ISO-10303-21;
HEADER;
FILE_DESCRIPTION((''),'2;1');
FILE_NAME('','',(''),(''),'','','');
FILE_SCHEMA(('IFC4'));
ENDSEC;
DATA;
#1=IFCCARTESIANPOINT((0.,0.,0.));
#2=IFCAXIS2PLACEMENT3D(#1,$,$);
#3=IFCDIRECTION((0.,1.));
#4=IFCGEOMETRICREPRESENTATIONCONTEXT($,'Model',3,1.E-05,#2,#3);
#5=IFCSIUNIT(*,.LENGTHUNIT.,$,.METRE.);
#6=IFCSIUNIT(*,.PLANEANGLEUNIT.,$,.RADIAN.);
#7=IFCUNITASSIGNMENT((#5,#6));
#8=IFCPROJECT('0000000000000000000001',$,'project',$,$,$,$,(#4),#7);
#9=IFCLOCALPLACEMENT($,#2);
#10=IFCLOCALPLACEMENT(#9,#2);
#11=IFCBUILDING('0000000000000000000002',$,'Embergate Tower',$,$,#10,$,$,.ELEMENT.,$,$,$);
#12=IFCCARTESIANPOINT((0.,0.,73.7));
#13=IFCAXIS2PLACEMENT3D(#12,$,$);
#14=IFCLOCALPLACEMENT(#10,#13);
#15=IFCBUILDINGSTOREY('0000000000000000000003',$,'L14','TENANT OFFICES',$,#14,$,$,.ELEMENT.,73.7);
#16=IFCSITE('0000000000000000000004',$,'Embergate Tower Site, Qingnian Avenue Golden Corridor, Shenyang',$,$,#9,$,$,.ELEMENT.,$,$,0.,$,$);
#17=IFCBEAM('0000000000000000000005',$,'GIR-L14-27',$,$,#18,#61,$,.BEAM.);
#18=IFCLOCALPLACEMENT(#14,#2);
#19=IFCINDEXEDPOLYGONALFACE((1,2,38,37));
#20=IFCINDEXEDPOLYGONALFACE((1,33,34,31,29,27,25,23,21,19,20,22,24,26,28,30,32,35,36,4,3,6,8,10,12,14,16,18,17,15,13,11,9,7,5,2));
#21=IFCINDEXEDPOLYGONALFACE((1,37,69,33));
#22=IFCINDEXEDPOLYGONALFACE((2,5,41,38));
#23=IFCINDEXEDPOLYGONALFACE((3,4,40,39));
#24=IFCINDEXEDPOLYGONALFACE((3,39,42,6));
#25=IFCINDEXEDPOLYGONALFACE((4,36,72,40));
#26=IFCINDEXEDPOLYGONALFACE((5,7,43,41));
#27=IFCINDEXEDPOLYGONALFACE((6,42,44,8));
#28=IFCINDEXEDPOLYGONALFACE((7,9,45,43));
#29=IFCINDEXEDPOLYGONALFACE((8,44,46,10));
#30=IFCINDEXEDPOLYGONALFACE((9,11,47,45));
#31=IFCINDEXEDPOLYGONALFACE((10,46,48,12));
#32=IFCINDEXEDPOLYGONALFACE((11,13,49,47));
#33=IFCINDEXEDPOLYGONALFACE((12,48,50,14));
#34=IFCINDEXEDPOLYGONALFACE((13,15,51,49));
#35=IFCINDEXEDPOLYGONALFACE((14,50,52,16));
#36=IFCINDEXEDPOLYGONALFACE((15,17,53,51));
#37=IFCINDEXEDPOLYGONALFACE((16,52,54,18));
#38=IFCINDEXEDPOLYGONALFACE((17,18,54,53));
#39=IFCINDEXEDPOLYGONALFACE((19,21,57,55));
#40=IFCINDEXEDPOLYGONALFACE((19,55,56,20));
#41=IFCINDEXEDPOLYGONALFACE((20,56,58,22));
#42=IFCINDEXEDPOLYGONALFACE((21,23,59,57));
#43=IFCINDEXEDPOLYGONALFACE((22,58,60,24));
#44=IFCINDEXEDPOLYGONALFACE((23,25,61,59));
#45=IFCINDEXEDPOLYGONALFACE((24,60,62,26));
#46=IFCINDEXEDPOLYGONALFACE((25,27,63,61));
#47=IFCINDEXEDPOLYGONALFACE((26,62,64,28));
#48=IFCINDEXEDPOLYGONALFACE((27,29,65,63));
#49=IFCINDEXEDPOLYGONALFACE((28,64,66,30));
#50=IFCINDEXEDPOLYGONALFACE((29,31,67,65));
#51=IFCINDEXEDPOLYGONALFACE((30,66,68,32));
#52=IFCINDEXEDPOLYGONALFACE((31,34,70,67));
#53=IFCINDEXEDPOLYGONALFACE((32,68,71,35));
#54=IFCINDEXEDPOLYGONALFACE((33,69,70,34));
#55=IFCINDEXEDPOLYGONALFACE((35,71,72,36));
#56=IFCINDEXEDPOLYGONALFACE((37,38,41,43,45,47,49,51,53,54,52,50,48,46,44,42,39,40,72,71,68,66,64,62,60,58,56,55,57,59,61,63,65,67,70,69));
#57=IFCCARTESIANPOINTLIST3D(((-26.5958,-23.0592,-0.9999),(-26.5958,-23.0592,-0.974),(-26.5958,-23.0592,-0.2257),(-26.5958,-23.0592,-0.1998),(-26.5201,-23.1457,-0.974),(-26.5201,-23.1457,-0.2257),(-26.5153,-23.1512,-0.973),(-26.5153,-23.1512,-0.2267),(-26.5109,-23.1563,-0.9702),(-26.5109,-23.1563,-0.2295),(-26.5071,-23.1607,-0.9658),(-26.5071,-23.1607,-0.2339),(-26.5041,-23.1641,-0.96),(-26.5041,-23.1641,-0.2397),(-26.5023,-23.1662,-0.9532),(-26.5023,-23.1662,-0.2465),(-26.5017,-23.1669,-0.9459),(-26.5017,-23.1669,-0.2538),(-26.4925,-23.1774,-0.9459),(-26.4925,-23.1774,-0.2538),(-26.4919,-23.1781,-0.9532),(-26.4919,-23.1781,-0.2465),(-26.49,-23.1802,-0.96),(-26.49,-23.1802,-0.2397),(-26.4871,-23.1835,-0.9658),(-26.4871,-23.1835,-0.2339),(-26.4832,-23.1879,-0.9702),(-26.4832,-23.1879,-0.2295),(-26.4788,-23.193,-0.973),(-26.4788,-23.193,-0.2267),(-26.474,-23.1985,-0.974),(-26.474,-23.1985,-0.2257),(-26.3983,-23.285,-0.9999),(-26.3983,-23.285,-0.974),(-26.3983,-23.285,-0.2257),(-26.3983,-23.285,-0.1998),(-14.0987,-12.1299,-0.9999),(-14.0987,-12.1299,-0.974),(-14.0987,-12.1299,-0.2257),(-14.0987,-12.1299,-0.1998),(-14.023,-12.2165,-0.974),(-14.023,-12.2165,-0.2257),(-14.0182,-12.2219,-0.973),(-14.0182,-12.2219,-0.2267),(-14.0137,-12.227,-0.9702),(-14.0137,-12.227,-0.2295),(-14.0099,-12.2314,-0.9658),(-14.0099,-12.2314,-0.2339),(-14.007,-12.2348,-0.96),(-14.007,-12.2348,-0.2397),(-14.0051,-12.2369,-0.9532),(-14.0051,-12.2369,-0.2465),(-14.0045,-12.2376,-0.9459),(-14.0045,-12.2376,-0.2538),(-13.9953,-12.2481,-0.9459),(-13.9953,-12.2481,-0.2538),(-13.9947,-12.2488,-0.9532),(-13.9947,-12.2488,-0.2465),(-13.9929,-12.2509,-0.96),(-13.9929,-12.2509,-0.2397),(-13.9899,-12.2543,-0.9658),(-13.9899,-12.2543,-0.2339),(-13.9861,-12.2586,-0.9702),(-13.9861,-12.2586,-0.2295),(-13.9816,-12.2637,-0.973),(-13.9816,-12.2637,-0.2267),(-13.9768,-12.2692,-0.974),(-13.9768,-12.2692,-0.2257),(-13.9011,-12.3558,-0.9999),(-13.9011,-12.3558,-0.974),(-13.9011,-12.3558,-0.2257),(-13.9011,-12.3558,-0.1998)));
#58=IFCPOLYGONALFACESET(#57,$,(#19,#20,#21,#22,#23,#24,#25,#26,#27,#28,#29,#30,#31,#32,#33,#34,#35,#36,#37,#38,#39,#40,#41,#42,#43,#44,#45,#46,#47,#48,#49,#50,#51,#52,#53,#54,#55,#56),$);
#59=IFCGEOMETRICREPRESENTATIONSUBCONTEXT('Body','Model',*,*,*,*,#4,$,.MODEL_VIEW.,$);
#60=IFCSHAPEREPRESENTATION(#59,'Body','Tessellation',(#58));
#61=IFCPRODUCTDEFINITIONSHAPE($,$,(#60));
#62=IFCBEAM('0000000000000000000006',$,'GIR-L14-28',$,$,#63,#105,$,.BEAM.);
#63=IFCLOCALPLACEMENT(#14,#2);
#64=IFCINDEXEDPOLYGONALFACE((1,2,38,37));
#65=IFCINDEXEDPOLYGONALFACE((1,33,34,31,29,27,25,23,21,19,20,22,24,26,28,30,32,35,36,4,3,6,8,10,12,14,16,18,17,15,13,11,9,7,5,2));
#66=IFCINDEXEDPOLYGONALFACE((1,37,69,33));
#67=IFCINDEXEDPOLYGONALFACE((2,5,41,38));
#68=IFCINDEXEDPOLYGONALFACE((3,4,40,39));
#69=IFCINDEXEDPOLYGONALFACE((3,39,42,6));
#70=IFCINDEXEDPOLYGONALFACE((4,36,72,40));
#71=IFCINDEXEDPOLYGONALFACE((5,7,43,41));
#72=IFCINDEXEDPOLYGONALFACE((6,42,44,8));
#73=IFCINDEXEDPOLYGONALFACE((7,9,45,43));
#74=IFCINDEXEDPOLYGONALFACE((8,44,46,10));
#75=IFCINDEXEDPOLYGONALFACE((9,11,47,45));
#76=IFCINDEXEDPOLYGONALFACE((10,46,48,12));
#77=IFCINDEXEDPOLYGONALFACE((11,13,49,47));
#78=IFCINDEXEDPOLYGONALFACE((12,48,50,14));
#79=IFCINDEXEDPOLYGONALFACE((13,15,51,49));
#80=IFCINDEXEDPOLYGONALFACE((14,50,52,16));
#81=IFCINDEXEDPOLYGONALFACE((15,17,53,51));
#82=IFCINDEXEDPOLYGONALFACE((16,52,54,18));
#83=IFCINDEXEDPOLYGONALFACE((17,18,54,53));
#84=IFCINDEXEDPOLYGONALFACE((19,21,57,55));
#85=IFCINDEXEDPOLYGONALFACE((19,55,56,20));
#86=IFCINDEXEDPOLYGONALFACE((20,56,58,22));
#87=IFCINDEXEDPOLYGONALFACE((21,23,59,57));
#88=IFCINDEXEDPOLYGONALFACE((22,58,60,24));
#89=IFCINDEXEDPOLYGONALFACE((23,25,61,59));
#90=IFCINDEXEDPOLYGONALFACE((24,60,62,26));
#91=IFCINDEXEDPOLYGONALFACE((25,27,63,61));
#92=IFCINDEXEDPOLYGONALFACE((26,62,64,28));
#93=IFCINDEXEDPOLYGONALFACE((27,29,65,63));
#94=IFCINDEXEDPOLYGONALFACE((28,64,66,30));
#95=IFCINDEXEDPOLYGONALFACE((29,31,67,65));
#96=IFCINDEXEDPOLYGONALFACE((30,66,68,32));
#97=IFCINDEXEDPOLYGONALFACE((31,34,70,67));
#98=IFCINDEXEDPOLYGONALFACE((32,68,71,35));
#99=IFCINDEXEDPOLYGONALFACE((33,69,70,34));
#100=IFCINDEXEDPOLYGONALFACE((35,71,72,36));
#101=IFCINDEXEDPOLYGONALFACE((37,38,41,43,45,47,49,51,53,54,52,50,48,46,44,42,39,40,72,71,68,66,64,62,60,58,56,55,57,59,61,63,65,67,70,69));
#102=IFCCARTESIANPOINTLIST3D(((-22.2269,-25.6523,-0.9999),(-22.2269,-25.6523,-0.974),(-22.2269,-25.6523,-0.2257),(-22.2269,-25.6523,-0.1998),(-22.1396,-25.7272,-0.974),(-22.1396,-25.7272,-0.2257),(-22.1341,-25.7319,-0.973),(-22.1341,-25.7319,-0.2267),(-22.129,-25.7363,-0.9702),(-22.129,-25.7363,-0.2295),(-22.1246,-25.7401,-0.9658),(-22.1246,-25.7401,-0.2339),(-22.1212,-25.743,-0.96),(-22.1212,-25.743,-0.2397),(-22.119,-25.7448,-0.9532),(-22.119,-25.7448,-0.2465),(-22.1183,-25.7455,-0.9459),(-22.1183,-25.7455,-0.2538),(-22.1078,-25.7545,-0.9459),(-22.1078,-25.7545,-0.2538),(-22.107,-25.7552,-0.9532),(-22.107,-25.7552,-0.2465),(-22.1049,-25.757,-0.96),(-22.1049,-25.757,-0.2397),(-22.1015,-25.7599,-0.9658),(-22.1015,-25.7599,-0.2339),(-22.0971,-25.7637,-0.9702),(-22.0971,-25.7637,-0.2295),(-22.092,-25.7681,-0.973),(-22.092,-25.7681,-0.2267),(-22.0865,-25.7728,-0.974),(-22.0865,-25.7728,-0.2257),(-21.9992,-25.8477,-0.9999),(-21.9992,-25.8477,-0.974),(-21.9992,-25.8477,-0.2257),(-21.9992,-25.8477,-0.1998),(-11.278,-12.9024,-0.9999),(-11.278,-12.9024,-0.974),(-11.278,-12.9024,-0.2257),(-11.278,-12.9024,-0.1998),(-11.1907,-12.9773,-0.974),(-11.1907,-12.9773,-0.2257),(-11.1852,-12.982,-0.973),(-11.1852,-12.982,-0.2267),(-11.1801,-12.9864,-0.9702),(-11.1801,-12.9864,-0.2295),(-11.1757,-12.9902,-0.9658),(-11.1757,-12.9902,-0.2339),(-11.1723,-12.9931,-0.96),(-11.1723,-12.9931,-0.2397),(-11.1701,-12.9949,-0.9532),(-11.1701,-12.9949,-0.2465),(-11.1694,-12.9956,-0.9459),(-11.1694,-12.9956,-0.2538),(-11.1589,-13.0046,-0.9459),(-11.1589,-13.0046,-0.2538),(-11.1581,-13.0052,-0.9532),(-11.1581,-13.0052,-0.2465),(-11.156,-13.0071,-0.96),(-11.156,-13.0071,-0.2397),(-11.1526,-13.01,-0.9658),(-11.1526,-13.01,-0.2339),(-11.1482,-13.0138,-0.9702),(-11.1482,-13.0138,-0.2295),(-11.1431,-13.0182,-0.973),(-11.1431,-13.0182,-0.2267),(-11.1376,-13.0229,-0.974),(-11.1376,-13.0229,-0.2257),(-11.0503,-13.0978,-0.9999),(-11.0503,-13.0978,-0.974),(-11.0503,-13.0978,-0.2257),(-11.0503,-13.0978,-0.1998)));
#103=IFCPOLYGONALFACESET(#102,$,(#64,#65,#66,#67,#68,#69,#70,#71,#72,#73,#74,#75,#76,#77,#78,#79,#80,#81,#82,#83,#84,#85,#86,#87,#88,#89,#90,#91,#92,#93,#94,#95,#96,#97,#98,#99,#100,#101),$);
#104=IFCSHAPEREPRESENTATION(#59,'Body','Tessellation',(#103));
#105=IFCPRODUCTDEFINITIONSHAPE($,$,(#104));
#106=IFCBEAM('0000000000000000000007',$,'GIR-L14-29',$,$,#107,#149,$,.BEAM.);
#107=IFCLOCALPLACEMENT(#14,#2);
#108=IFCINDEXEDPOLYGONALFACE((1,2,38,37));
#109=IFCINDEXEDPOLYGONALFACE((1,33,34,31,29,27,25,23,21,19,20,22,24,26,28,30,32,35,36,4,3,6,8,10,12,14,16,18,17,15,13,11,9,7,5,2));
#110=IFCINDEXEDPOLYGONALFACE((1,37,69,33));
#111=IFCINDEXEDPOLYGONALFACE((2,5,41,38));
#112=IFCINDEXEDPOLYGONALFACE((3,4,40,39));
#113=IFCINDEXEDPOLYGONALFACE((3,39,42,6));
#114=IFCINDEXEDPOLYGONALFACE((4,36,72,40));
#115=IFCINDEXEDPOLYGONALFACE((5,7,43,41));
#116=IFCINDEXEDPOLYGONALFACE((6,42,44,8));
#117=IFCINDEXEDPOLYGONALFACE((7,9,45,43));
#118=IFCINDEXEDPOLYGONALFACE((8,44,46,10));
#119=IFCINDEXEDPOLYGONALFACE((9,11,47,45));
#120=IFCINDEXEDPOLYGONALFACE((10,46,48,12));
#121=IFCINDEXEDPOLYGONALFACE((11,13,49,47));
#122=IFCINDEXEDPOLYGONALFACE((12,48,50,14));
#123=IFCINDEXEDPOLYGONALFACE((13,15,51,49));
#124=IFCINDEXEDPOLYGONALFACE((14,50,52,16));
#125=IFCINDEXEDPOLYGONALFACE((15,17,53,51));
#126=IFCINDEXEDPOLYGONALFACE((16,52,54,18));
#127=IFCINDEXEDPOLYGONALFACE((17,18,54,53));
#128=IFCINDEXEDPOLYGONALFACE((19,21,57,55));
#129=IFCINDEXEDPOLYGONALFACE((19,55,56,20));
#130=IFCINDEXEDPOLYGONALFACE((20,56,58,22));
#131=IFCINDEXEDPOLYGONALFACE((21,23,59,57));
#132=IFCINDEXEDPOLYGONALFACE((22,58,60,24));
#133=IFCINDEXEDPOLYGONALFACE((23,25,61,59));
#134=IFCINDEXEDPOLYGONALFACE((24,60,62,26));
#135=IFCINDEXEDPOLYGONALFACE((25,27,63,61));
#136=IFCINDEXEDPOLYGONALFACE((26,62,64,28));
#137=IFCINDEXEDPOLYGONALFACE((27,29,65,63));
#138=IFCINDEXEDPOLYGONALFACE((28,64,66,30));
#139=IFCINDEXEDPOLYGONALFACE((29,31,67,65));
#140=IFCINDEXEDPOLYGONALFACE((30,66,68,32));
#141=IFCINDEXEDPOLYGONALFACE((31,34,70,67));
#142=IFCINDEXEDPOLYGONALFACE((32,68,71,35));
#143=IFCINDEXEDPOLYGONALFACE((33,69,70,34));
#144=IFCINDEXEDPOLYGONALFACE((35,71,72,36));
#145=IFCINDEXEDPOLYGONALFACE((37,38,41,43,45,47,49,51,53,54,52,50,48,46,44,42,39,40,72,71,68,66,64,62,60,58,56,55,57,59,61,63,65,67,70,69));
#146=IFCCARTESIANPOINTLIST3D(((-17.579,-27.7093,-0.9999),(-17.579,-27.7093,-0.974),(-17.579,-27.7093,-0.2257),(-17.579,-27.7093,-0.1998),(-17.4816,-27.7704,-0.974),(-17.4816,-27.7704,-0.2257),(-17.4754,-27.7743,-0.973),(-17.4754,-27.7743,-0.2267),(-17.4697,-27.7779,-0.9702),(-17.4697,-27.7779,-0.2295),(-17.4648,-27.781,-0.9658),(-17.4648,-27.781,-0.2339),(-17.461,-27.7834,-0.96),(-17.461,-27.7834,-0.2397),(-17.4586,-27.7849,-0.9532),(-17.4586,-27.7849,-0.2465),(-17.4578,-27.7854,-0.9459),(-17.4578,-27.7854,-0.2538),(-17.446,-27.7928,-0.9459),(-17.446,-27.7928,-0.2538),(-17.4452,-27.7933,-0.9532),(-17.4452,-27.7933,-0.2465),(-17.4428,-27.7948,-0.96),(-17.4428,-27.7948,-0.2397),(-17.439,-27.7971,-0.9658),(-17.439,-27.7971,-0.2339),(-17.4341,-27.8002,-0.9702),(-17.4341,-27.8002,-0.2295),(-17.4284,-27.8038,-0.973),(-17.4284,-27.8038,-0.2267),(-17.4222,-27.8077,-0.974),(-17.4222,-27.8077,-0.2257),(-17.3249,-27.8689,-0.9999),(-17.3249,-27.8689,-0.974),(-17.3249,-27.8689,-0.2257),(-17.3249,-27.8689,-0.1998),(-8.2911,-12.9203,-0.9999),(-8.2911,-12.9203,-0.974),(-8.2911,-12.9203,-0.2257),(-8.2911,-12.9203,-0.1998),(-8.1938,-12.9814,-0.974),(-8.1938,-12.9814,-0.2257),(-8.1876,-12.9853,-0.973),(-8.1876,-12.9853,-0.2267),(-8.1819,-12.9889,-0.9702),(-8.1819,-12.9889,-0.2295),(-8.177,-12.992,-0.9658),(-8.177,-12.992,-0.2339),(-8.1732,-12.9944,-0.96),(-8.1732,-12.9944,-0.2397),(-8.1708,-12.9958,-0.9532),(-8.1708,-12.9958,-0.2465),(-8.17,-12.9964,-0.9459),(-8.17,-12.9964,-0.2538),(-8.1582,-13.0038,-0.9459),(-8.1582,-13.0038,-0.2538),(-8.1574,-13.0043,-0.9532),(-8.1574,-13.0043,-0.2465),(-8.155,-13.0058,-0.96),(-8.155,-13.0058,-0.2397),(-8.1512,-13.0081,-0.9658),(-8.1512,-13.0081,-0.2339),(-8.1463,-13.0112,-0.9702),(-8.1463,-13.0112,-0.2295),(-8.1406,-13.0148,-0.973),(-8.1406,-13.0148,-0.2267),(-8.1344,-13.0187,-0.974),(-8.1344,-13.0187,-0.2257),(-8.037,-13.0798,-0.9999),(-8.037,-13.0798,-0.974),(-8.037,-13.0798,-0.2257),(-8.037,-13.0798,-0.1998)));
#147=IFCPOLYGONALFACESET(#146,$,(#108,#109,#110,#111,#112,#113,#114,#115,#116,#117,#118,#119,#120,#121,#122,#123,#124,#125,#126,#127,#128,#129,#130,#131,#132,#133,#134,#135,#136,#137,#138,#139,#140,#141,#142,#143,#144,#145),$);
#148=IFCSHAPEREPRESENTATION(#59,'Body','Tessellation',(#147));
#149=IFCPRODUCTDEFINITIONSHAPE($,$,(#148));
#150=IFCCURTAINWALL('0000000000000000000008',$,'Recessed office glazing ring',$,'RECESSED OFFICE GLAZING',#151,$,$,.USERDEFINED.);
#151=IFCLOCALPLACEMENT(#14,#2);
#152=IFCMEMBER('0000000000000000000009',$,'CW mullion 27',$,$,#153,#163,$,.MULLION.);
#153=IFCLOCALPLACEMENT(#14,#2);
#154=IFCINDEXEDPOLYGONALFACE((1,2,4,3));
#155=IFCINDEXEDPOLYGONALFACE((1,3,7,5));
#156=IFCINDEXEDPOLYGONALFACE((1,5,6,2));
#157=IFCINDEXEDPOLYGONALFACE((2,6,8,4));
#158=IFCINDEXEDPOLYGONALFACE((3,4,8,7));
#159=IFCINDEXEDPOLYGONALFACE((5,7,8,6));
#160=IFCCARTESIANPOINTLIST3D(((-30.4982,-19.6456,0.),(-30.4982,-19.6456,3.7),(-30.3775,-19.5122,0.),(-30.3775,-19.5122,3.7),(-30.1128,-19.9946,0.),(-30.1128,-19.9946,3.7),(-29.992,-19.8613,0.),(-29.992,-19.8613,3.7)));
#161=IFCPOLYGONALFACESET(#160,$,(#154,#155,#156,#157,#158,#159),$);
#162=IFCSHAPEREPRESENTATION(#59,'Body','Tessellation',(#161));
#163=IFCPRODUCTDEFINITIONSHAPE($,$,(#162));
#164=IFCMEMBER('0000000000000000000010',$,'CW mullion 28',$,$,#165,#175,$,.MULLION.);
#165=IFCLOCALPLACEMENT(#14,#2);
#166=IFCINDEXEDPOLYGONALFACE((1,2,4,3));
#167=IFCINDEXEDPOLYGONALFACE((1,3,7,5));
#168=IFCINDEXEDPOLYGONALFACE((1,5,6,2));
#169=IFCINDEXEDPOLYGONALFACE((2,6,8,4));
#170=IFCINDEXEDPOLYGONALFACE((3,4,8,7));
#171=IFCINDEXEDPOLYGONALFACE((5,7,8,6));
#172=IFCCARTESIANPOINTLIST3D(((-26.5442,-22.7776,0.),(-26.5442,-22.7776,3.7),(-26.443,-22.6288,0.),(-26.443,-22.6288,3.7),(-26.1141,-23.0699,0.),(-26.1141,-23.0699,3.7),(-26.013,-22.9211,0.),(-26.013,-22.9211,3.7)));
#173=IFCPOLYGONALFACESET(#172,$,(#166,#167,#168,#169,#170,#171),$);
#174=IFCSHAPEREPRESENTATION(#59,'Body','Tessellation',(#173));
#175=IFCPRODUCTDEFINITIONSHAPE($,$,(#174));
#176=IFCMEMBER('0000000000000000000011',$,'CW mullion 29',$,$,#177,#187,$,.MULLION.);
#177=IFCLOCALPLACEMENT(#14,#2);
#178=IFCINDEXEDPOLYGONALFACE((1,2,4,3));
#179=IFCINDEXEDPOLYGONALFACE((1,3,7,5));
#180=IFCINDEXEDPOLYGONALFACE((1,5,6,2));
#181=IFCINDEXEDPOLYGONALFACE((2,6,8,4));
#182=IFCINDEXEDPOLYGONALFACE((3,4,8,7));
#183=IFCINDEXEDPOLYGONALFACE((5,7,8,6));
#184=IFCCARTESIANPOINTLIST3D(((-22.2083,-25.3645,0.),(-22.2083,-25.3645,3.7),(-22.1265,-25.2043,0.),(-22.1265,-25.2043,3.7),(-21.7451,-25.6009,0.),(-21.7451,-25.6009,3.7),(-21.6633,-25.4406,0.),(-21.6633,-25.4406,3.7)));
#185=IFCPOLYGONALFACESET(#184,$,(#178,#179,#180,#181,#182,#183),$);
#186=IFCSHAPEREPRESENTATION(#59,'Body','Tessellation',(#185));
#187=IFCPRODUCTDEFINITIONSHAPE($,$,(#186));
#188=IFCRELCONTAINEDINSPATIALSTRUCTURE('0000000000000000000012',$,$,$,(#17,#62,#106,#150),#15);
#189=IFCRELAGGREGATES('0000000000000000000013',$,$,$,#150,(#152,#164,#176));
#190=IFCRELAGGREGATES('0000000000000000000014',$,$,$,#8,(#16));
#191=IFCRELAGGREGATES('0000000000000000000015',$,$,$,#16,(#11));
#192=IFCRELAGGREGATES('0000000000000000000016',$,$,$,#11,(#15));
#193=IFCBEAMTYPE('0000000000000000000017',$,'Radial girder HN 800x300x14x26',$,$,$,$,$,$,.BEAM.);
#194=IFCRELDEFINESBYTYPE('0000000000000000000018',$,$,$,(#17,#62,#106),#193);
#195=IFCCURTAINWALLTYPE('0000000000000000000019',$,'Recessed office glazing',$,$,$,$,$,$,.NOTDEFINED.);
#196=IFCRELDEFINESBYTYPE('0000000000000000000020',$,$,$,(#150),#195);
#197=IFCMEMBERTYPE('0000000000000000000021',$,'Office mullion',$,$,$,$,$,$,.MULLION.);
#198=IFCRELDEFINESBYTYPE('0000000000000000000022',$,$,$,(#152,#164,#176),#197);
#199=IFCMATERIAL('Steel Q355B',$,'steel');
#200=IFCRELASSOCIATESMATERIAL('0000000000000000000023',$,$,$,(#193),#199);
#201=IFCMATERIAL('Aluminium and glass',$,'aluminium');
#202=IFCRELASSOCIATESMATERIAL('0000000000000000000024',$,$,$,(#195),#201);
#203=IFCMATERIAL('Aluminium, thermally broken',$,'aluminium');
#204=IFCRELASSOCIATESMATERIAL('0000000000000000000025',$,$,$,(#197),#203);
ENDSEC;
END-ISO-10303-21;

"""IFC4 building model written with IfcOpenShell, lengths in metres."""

from ifc_helpers import new_model, si_unit, direction, frame, origin, origin_2d, place, context, subcontext, project, spatial, rectangle, i_section, extrude, source, transform, mapped, material, material_profile, profile_set, type_object, element, aggregate, save


model = new_model("IFC4")

# Units and contexts
model_context = context("Model", 3, precision=1e-05, world=origin(), true_north=direction((0.0, 1.0)))
body_context = subcontext(model_context, "Body", "Model", "MODEL_VIEW")
ifc_project = project(units=[si_unit("LENGTHUNIT", "METRE"), si_unit("PLANEANGLEUNIT", "RADIAN")], contexts=[model_context])

# Site, building, storey
site_placement = place(None, origin())
site = spatial("IfcSite", under=ifc_project, at=site_placement, Name="Embergate Tower Site, Qingnian Avenue Golden Corridor, Shenyang", CompositionType="ELEMENT", RefElevation=0.0)
building_placement = place(site_placement, origin())
building = spatial("IfcBuilding", under=site, at=building_placement, Name="Embergate Tower", CompositionType="ELEMENT")
storey_placement = place(building_placement, frame((0.0, 0.0, 73.7)))
storey = spatial("IfcBuildingStorey", under=building, at=storey_placement, Name="L14", Description="TENANT OFFICES", CompositionType="ELEMENT", Elevation=73.7)

# Beams
ifc_material_1 = material(Name="Steel Q355B", Category="steel")
ifc_material_profile_1 = material_profile(ifc_material_1, i_section(OverallWidth=0.3, OverallDepth=0.8, WebThickness=0.0139, FlangeThickness=0.0259, FilletRadius=0.0281, at=origin_2d()), Name="HN 800x300x14x26")
ifc_profile_set_1 = profile_set([ifc_material_profile_1], Name="Steel Q355 grade B")
beam_type_1 = type_object("IfcBeamType", Name="Radial girder HN 800x300x14x26", PredefinedType="BEAM", material=ifc_profile_set_1)
shared_shape_1 = source(origin(), body_context, "Body", "SweptSolid", [
    extrude(i_section(OverallWidth=0.3, OverallDepth=0.8, WebThickness=0.0139, FlangeThickness=0.0259, FilletRadius=0.0281, at=origin_2d()), origin(), (0.0, 0.0, 1.0), 16.6021),
])
beam_1_placement = place(storey_placement, frame((-26.4971, -23.1721, -0.5999), z_axis=(0.752748, 0.658309, 0.0), x_axis=(-0.658309, 0.752748, 0.0)))
element("IfcBeam", 1, at=beam_1_placement, inside=storey, type_object=beam_type_1, Name="GIR-L14-27", PredefinedType="BEAM", context=body_context, shape_type="MappedRepresentation", body=[
    mapped(shared_shape_1, transform((0.0, 0.0, 0.0))),
])
shared_shape_2 = source(origin(), body_context, "Body", "SweptSolid", [
    extrude(i_section(OverallWidth=0.3, OverallDepth=0.8, WebThickness=0.0139, FlangeThickness=0.0259, FilletRadius=0.0281, at=origin_2d()), origin(), (0.0, 0.0, 1.0), 16.8059),
])
beam_2_placement = place(storey_placement, frame((-22.113, -25.75, -0.5999), z_axis=(0.651491, 0.758656, 0.0), x_axis=(-0.758656, 0.651491, 0.0)))
element("IfcBeam", 2, at=beam_2_placement, inside=storey, type_object=beam_type_1, Name="GIR-L14-28", PredefinedType="BEAM", context=body_context, shape_type="MappedRepresentation", body=[
    mapped(shared_shape_2, transform((0.0, 0.0, 0.0))),
])
shared_shape_3 = source(origin(), body_context, "Body", "SweptSolid", [
    extrude(i_section(OverallWidth=0.3, OverallDepth=0.8, WebThickness=0.0139, FlangeThickness=0.0259, FilletRadius=0.0281, at=origin_2d()), origin(), (0.0, 0.0, 1.0), 17.4636),
])
beam_3_placement = place(storey_placement, frame((-17.4519, -27.7891, -0.5999), z_axis=(0.531837, 0.846847, 0.0), x_axis=(-0.846847, 0.531837, 0.0)))
element("IfcBeam", 3, at=beam_3_placement, inside=storey, type_object=beam_type_1, Name="GIR-L14-29", PredefinedType="BEAM", context=body_context, shape_type="MappedRepresentation", body=[
    mapped(shared_shape_3, transform((0.0, 0.0, 0.0))),
])

# Curtain wall, members
ifc_material_2 = material(Name="Aluminium and glass", Category="aluminium")
curtain_wall_type = type_object("IfcCurtainWallType", Name="Recessed office glazing", PredefinedType="NOTDEFINED", material=ifc_material_2)
curtain_wall_placement = place(storey_placement, origin())
curtain_wall = element("IfcCurtainWall", 4, at=curtain_wall_placement, inside=storey, type_object=curtain_wall_type, Name="Recessed office glazing ring", ObjectType="RECESSED OFFICE GLAZING", PredefinedType="USERDEFINED")
ifc_material_3 = material(Name="Aluminium, thermally broken", Category="aluminium")
ifc_material_profile_2 = material_profile(ifc_material_3, rectangle(XDim=0.1799, YDim=0.52, at=origin_2d()), Name="AL 520x180")
ifc_profile_set_2 = profile_set([ifc_material_profile_2], Name="Aluminium, thermally broken")
member_type_1 = type_object("IfcMemberType", Name="Office mullion", PredefinedType="MULLION", material=ifc_profile_set_2)
shared_shape_4 = source(origin(), body_context, "Body", "SweptSolid", [
    extrude(rectangle(XDim=0.1799, YDim=0.52, at=origin_2d()), origin(), (0.0, 0.0, 1.0), 3.7),
])
member_1_placement = place(storey_placement, frame((-30.2451, -19.7534, 0.0), z_axis=(0.0, 0.0, 1.0), x_axis=(0.671234, 0.741245, 0.0)))
member_1 = element("IfcMember", 5, at=member_1_placement, type_object=member_type_1, Name="CW mullion 27", PredefinedType="MULLION", context=body_context, shape_type="MappedRepresentation", body=[
    mapped(shared_shape_4, transform((0.0, 0.0, 0.0))),
])
member_2_placement = place(storey_placement, frame((-26.2786, -22.8494, 0.0), z_axis=(0.0, 0.0, 1.0), x_axis=(0.562223, 0.826985, 0.0)))
member_2 = element("IfcMember", 6, at=member_2_placement, type_object=member_type_1, Name="CW mullion 28", PredefinedType="MULLION", context=body_context, shape_type="MappedRepresentation", body=[
    mapped(shared_shape_4, transform((0.0, 0.0, 0.0))),
])
member_3_placement = place(storey_placement, frame((-21.9358, -25.4026, 0.0), z_axis=(0.0, 0.0, 1.0), x_axis=(0.454516, 0.890739, 0.0)))
member_3 = element("IfcMember", 7, at=member_3_placement, type_object=member_type_1, Name="CW mullion 29", PredefinedType="MULLION", context=body_context, shape_type="MappedRepresentation", body=[
    mapped(shared_shape_4, transform((0.0, 0.0, 0.0))),
])
aggregate(curtain_wall, [member_1, member_2, member_3])

save(model, "model.ifc")
